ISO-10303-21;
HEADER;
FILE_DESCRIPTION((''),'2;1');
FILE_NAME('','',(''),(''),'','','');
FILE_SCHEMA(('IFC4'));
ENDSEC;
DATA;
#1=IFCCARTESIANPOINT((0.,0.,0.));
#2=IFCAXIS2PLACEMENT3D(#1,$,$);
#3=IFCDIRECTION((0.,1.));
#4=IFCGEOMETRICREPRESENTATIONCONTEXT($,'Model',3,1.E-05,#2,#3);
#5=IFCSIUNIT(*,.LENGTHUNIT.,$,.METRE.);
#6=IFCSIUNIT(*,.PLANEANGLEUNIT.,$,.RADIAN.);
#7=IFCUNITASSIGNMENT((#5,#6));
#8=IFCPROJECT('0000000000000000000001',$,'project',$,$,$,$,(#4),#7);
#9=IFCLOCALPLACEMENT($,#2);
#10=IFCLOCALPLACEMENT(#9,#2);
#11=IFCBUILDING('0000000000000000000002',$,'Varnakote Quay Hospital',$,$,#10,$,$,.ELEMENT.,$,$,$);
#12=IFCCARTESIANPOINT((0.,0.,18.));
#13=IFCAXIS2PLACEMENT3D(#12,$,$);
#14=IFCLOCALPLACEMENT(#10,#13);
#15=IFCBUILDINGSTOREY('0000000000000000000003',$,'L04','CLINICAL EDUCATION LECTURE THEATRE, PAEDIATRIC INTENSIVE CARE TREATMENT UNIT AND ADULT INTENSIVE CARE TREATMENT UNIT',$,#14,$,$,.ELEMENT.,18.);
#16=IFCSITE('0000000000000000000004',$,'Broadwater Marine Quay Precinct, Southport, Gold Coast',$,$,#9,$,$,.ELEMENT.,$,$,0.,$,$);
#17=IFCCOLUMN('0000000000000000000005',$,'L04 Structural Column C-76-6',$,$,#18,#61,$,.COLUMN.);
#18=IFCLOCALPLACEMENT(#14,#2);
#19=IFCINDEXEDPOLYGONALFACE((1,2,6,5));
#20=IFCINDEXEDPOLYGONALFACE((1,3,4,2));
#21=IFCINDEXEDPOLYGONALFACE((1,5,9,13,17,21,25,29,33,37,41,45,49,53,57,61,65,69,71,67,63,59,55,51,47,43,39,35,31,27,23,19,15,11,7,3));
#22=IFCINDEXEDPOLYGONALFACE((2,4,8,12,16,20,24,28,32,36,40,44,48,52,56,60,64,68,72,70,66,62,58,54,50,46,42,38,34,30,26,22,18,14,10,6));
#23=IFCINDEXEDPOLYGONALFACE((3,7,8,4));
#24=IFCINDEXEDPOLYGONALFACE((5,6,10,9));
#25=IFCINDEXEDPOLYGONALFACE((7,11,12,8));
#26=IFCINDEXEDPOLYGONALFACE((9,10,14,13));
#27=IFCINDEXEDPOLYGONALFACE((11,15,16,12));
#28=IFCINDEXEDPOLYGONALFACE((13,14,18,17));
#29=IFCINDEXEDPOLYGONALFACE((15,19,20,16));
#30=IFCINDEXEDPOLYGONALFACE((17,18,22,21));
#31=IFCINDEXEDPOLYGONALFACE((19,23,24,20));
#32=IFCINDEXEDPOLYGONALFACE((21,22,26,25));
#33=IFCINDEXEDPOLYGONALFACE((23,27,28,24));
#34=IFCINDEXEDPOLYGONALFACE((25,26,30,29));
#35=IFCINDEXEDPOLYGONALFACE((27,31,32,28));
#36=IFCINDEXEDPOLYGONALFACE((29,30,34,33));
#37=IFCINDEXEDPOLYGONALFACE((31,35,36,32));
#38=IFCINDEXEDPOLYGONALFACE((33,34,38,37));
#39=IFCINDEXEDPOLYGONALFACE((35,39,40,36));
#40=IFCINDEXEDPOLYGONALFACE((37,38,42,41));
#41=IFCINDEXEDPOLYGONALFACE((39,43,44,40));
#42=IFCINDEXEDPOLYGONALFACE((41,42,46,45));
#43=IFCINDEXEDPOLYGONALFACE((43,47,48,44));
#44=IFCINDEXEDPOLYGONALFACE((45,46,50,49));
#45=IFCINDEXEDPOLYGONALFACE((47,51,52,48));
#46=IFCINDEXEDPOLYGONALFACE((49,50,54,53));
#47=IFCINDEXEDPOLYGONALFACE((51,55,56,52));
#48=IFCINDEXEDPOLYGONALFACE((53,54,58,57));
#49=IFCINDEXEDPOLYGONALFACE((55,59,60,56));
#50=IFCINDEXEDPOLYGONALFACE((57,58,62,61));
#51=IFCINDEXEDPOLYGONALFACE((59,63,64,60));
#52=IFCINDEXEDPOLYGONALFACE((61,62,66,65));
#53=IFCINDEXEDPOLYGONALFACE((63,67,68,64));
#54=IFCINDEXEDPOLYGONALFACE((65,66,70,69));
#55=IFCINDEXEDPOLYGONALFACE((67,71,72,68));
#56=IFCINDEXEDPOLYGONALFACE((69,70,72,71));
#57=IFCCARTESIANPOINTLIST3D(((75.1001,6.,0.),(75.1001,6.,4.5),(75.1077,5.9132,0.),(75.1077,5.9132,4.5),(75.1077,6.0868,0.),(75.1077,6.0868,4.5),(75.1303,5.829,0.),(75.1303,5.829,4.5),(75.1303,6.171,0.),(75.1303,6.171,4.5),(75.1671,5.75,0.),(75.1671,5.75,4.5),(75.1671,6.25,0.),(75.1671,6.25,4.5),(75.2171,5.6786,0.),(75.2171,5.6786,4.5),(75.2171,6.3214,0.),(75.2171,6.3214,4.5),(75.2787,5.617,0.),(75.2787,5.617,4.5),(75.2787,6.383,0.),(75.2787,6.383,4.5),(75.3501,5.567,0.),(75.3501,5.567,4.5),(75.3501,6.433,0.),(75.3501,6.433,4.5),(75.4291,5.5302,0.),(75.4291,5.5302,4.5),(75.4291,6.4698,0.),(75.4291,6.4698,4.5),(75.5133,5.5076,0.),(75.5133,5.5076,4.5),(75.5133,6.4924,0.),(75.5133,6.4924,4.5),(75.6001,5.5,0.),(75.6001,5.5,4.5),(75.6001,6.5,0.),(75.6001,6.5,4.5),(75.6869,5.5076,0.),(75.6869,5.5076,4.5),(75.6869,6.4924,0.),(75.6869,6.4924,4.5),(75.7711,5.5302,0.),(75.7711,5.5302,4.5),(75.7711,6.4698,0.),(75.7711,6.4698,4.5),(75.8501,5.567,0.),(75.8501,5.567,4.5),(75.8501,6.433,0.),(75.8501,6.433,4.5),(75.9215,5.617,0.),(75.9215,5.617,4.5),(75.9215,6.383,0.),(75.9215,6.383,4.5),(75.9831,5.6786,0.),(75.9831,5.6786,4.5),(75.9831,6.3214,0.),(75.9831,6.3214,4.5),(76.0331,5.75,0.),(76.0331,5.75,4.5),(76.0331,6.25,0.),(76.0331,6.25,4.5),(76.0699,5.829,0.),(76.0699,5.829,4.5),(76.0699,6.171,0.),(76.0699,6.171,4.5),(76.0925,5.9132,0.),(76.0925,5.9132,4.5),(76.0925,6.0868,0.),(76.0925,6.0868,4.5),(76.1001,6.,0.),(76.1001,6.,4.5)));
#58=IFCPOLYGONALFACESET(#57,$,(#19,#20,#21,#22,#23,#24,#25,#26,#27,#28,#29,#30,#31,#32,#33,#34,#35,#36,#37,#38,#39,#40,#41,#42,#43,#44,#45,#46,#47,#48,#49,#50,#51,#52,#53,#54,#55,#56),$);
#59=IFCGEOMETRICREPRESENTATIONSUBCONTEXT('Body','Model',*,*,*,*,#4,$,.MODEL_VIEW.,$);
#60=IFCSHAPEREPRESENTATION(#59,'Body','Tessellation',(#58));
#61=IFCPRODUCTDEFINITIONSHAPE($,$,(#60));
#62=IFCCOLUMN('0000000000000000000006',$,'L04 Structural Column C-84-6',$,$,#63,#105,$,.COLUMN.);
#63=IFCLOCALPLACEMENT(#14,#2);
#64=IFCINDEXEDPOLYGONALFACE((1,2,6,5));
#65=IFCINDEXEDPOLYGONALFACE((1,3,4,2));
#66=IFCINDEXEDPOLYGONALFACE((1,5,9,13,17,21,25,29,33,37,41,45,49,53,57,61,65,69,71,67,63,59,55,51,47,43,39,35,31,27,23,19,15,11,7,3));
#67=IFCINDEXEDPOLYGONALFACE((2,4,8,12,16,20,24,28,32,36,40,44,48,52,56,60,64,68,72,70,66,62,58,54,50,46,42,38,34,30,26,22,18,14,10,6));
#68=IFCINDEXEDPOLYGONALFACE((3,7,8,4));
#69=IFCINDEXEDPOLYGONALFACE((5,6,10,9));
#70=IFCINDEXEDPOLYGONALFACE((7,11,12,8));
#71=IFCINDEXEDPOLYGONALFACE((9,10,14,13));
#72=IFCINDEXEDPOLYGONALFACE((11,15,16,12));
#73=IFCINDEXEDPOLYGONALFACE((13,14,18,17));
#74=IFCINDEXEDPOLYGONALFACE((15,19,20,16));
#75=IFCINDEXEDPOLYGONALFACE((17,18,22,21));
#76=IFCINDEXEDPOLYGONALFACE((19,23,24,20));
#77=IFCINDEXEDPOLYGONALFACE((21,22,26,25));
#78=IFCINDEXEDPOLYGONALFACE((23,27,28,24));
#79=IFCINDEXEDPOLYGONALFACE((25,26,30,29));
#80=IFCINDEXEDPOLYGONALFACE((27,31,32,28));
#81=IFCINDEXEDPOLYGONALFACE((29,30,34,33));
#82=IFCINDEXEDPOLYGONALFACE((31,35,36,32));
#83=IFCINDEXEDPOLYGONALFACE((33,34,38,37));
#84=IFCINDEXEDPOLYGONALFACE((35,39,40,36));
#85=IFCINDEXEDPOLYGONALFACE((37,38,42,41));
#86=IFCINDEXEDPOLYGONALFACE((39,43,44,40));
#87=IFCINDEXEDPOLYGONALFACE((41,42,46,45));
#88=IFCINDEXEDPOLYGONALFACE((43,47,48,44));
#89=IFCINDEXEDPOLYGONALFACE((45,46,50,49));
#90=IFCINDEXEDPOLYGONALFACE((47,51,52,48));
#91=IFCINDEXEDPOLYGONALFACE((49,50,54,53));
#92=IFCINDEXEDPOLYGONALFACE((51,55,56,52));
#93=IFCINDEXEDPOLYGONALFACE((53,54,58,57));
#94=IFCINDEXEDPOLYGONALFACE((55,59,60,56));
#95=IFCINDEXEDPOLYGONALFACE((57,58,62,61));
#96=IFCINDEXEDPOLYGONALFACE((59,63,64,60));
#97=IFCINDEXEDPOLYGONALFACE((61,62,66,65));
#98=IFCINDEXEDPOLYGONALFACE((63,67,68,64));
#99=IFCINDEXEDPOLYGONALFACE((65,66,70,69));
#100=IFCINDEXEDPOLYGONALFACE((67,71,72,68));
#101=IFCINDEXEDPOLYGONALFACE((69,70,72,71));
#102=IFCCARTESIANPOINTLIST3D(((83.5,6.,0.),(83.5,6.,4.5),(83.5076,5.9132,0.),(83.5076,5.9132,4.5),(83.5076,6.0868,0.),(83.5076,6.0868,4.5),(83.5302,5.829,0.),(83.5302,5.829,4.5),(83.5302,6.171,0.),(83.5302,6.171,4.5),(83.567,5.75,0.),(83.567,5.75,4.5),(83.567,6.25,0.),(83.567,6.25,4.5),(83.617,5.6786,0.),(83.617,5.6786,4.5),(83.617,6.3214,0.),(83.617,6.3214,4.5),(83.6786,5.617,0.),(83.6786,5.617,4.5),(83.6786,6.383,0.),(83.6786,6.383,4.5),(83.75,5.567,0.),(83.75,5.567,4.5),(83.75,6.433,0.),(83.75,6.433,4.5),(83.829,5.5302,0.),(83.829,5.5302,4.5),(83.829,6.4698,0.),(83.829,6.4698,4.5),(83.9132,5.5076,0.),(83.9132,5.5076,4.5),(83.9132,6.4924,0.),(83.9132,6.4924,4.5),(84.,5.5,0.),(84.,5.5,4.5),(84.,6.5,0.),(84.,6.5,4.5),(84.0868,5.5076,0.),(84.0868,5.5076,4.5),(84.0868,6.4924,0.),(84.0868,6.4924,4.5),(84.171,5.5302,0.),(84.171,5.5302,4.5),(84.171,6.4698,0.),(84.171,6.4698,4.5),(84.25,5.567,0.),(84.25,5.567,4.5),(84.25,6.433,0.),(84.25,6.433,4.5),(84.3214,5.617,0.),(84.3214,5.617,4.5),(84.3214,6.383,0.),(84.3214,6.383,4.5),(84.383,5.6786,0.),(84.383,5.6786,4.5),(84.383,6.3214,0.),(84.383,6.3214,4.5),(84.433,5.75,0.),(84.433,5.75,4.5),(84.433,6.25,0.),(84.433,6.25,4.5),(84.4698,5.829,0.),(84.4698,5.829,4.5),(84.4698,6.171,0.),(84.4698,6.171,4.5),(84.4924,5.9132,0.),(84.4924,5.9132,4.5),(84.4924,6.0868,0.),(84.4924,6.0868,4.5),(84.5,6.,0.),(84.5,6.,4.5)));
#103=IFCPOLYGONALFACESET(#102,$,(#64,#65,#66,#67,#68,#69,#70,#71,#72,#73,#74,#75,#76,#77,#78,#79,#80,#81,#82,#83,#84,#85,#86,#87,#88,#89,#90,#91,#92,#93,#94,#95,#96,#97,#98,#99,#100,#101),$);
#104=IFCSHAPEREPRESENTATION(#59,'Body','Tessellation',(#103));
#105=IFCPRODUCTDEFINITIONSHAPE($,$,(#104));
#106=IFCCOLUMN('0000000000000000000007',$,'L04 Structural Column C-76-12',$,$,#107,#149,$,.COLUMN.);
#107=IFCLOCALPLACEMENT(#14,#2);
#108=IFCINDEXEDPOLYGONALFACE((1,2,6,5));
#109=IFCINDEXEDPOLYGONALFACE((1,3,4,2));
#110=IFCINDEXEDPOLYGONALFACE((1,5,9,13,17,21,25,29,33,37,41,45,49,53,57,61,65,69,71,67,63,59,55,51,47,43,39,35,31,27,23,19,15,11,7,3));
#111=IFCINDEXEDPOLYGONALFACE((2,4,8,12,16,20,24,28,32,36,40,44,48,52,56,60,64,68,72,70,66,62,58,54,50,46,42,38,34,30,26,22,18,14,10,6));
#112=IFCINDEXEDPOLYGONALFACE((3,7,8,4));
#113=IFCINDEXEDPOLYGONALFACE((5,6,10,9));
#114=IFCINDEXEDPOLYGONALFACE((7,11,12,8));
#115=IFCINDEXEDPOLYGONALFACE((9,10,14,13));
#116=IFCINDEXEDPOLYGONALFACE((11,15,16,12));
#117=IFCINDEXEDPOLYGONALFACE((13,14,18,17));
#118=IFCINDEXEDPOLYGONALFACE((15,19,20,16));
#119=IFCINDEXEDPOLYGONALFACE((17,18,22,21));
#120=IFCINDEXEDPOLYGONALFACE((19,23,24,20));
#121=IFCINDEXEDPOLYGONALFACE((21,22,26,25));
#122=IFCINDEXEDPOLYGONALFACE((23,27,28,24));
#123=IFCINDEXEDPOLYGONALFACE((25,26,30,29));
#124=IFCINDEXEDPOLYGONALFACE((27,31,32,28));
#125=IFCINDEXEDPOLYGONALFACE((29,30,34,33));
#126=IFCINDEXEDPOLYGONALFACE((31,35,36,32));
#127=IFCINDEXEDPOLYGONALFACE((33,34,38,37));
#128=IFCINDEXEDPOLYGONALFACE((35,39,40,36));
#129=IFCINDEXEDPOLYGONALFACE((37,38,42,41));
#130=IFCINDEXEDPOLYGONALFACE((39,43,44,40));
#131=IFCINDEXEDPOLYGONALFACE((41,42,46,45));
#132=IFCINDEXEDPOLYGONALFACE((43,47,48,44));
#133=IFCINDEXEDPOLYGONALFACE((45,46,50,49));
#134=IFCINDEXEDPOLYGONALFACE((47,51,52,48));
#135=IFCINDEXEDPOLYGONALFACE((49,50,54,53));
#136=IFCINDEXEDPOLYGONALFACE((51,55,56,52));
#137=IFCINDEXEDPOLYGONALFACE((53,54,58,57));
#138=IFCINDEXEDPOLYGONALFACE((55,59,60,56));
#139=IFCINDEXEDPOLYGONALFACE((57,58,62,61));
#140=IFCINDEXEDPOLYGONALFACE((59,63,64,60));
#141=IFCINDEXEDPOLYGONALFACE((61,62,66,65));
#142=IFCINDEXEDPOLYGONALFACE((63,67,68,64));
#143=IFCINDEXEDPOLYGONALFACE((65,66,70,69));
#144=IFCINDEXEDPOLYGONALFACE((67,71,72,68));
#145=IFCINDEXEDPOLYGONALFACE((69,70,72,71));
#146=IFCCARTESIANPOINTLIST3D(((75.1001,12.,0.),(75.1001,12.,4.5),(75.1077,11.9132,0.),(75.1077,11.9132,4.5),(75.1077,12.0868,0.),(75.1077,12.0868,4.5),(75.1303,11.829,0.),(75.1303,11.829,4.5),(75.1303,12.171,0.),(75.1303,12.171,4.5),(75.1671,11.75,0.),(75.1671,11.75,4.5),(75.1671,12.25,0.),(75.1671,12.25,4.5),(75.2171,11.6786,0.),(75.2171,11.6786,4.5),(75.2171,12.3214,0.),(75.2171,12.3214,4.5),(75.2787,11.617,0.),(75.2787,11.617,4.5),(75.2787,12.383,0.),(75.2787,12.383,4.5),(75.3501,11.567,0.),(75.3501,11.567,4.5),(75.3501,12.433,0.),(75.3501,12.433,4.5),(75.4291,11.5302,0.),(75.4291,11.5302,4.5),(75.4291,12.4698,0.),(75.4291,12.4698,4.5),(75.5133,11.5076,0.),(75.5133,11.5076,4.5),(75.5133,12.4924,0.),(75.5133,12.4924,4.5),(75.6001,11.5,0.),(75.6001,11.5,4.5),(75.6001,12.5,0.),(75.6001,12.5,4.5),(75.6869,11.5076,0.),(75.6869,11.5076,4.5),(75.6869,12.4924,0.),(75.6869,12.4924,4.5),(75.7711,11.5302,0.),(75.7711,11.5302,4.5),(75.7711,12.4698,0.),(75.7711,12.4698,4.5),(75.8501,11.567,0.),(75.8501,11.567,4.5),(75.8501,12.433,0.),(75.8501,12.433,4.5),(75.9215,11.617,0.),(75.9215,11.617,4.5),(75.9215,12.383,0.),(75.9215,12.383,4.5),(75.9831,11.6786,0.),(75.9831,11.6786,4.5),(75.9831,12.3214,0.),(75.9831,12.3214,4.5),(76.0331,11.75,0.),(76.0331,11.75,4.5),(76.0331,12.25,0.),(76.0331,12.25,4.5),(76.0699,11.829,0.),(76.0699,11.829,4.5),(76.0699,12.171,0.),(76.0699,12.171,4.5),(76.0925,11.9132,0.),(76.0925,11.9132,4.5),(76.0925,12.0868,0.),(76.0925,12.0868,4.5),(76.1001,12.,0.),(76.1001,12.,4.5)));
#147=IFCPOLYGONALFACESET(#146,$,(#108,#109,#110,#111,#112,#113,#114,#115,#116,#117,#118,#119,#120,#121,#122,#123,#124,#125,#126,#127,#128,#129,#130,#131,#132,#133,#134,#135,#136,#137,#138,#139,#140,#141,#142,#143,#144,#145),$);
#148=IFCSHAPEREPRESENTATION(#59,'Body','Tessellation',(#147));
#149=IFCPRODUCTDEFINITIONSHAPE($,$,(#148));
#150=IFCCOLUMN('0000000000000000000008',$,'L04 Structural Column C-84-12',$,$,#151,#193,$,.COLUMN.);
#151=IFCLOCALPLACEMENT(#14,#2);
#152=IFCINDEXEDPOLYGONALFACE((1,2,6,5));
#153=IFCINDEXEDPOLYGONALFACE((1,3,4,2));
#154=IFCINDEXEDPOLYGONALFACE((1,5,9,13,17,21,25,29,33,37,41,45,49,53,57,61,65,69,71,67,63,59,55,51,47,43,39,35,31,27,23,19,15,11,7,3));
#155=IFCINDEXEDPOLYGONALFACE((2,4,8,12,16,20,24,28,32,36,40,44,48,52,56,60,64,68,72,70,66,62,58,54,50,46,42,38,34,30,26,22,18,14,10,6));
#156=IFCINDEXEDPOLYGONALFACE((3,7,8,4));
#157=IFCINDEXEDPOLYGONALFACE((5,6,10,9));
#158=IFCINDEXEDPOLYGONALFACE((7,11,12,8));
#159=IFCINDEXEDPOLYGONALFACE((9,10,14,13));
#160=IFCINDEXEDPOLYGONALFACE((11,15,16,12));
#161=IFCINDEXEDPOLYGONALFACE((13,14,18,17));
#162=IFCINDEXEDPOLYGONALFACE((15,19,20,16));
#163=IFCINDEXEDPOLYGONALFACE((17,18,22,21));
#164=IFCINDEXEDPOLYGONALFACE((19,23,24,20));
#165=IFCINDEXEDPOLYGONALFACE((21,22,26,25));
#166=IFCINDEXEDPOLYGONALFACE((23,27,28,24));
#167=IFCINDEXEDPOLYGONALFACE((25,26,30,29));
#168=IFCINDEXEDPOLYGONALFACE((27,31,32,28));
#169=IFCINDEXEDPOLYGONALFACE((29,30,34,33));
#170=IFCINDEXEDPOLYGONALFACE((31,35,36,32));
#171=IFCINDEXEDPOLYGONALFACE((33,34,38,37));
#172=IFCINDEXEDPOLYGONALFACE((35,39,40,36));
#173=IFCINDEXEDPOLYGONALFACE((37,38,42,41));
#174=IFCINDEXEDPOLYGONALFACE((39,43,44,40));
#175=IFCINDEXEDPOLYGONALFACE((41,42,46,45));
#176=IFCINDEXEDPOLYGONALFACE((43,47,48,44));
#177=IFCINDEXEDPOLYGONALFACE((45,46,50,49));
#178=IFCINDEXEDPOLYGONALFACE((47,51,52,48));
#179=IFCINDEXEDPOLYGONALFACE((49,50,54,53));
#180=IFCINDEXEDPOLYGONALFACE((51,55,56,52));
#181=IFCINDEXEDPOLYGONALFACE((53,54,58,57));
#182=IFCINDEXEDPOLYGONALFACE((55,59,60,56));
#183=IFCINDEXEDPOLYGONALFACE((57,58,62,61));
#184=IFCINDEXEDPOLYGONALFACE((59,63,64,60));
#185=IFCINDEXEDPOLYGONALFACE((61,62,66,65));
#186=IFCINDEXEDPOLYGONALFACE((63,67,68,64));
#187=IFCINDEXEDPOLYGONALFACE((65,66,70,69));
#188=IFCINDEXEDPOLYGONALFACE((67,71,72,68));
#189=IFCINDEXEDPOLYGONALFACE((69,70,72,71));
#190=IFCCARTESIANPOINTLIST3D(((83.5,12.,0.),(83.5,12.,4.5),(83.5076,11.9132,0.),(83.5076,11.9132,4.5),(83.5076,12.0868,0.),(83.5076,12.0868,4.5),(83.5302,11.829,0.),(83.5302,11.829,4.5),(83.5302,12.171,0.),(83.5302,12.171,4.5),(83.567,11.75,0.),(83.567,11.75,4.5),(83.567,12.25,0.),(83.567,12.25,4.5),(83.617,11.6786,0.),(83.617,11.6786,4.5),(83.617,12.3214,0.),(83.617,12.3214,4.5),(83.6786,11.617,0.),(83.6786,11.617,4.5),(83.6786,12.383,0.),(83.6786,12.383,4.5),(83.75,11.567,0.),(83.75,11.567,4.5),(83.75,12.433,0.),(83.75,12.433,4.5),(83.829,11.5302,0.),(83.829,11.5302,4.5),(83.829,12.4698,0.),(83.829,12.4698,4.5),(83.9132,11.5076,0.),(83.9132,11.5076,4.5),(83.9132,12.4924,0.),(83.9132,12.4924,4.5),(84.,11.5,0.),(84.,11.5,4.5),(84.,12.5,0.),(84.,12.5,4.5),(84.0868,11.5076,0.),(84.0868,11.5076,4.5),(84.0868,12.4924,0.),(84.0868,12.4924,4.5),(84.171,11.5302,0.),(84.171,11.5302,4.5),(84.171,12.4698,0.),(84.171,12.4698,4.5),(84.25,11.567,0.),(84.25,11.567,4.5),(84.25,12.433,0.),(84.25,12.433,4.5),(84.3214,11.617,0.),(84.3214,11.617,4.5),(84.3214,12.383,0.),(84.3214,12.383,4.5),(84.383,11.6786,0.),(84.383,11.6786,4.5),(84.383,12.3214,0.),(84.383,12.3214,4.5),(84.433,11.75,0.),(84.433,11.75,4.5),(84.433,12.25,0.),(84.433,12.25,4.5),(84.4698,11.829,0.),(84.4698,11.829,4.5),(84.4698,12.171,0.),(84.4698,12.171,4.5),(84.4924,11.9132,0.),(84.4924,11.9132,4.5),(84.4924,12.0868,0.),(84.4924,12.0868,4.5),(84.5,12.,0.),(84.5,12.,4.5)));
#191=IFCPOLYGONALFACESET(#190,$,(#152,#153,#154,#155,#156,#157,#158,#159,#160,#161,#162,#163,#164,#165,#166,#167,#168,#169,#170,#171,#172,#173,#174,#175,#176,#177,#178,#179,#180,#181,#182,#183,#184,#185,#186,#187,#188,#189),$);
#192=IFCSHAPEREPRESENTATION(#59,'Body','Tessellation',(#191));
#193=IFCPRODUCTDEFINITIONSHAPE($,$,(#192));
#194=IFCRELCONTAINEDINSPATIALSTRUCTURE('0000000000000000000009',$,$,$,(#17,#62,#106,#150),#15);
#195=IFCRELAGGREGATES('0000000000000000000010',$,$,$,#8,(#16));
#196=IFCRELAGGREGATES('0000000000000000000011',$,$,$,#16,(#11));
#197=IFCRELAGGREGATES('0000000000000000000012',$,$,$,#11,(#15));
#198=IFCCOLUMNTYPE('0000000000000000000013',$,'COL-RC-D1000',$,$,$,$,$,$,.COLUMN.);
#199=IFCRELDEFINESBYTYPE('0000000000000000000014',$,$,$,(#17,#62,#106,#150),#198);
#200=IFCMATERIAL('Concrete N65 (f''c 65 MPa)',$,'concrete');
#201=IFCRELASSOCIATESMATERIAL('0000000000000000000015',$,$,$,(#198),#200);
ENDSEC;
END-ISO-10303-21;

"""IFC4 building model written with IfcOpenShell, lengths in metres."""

from ifc_helpers import new_model, si_unit, direction, frame, origin, origin_2d, place, context, subcontext, project, spatial, circle, extrude, material, material_profile, profile_set, type_object, element, save


model = new_model("IFC4")

# Units and contexts
model_context = context("Model", 3, precision=1e-05, world=origin(), true_north=direction((0.0, 1.0)))
body_context = subcontext(model_context, "Body", "Model", "MODEL_VIEW")
ifc_project = project(units=[si_unit("LENGTHUNIT", "METRE"), si_unit("PLANEANGLEUNIT", "RADIAN")], contexts=[model_context])

# Site, building, storey
site_placement = place(None, origin())
site = spatial("IfcSite", under=ifc_project, at=site_placement, Name="Broadwater Marine Quay Precinct, Southport, Gold Coast", CompositionType="ELEMENT", RefElevation=0.0)
building_placement = place(site_placement, origin())
building = spatial("IfcBuilding", under=site, at=building_placement, Name="Varnakote Quay Hospital", CompositionType="ELEMENT")
storey_placement = place(building_placement, frame((0.0, 0.0, 18.0)))
storey = spatial("IfcBuildingStorey", under=building, at=storey_placement, Name="L04", Description="CLINICAL EDUCATION LECTURE THEATRE, PAEDIATRIC INTENSIVE CARE TREATMENT UNIT AND ADULT INTENSIVE CARE TREATMENT UNIT", CompositionType="ELEMENT", Elevation=18.0)

# Columns
ifc_material_1 = material(Name="Concrete N65 (f'c 65 MPa)", Category="concrete")
ifc_material_profile_1 = material_profile(ifc_material_1, circle(Radius=0.5, at=origin_2d()), Name="RC-COL-D1000")
ifc_profile_set_1 = profile_set([ifc_material_profile_1], Name="Concrete N65 (f'c 65 MPa)")
column_type = type_object("IfcColumnType", Name="COL-RC-D1000", PredefinedType="COLUMN", material=ifc_profile_set_1)
for number, where, z_axis, x_axis, name in (
    (1, (75.6001, 6.0, 0.0), (0.0, 0.0, 1.0), (1.0, 0.0, 0.0), "L04 Structural Column C-76-6"),
    (2, (84.0, 6.0, 0.0), (0.0, 0.0, 1.0), (1.0, 0.0, 0.0), "L04 Structural Column C-84-6"),
    (3, (75.6001, 12.0, 0.0), (0.0, 0.0, 1.0), (1.0, 0.0, 0.0), "L04 Structural Column C-76-12"),
    (4, (84.0, 12.0, 0.0), (0.0, 0.0, 1.0), (1.0, 0.0, 0.0), "L04 Structural Column C-84-12"),
):
    element("IfcColumn", number, at=place(storey_placement, frame(where, z_axis=z_axis, x_axis=x_axis)), inside=storey, type_object=column_type, Name=name, PredefinedType="COLUMN", context=body_context, shape_type="SweptSolid", body=[
        extrude(circle(Radius=0.5, at=origin_2d()), origin(), (0.0, 0.0, 1.0), 4.5),
    ])

save(model, "model.ifc")
